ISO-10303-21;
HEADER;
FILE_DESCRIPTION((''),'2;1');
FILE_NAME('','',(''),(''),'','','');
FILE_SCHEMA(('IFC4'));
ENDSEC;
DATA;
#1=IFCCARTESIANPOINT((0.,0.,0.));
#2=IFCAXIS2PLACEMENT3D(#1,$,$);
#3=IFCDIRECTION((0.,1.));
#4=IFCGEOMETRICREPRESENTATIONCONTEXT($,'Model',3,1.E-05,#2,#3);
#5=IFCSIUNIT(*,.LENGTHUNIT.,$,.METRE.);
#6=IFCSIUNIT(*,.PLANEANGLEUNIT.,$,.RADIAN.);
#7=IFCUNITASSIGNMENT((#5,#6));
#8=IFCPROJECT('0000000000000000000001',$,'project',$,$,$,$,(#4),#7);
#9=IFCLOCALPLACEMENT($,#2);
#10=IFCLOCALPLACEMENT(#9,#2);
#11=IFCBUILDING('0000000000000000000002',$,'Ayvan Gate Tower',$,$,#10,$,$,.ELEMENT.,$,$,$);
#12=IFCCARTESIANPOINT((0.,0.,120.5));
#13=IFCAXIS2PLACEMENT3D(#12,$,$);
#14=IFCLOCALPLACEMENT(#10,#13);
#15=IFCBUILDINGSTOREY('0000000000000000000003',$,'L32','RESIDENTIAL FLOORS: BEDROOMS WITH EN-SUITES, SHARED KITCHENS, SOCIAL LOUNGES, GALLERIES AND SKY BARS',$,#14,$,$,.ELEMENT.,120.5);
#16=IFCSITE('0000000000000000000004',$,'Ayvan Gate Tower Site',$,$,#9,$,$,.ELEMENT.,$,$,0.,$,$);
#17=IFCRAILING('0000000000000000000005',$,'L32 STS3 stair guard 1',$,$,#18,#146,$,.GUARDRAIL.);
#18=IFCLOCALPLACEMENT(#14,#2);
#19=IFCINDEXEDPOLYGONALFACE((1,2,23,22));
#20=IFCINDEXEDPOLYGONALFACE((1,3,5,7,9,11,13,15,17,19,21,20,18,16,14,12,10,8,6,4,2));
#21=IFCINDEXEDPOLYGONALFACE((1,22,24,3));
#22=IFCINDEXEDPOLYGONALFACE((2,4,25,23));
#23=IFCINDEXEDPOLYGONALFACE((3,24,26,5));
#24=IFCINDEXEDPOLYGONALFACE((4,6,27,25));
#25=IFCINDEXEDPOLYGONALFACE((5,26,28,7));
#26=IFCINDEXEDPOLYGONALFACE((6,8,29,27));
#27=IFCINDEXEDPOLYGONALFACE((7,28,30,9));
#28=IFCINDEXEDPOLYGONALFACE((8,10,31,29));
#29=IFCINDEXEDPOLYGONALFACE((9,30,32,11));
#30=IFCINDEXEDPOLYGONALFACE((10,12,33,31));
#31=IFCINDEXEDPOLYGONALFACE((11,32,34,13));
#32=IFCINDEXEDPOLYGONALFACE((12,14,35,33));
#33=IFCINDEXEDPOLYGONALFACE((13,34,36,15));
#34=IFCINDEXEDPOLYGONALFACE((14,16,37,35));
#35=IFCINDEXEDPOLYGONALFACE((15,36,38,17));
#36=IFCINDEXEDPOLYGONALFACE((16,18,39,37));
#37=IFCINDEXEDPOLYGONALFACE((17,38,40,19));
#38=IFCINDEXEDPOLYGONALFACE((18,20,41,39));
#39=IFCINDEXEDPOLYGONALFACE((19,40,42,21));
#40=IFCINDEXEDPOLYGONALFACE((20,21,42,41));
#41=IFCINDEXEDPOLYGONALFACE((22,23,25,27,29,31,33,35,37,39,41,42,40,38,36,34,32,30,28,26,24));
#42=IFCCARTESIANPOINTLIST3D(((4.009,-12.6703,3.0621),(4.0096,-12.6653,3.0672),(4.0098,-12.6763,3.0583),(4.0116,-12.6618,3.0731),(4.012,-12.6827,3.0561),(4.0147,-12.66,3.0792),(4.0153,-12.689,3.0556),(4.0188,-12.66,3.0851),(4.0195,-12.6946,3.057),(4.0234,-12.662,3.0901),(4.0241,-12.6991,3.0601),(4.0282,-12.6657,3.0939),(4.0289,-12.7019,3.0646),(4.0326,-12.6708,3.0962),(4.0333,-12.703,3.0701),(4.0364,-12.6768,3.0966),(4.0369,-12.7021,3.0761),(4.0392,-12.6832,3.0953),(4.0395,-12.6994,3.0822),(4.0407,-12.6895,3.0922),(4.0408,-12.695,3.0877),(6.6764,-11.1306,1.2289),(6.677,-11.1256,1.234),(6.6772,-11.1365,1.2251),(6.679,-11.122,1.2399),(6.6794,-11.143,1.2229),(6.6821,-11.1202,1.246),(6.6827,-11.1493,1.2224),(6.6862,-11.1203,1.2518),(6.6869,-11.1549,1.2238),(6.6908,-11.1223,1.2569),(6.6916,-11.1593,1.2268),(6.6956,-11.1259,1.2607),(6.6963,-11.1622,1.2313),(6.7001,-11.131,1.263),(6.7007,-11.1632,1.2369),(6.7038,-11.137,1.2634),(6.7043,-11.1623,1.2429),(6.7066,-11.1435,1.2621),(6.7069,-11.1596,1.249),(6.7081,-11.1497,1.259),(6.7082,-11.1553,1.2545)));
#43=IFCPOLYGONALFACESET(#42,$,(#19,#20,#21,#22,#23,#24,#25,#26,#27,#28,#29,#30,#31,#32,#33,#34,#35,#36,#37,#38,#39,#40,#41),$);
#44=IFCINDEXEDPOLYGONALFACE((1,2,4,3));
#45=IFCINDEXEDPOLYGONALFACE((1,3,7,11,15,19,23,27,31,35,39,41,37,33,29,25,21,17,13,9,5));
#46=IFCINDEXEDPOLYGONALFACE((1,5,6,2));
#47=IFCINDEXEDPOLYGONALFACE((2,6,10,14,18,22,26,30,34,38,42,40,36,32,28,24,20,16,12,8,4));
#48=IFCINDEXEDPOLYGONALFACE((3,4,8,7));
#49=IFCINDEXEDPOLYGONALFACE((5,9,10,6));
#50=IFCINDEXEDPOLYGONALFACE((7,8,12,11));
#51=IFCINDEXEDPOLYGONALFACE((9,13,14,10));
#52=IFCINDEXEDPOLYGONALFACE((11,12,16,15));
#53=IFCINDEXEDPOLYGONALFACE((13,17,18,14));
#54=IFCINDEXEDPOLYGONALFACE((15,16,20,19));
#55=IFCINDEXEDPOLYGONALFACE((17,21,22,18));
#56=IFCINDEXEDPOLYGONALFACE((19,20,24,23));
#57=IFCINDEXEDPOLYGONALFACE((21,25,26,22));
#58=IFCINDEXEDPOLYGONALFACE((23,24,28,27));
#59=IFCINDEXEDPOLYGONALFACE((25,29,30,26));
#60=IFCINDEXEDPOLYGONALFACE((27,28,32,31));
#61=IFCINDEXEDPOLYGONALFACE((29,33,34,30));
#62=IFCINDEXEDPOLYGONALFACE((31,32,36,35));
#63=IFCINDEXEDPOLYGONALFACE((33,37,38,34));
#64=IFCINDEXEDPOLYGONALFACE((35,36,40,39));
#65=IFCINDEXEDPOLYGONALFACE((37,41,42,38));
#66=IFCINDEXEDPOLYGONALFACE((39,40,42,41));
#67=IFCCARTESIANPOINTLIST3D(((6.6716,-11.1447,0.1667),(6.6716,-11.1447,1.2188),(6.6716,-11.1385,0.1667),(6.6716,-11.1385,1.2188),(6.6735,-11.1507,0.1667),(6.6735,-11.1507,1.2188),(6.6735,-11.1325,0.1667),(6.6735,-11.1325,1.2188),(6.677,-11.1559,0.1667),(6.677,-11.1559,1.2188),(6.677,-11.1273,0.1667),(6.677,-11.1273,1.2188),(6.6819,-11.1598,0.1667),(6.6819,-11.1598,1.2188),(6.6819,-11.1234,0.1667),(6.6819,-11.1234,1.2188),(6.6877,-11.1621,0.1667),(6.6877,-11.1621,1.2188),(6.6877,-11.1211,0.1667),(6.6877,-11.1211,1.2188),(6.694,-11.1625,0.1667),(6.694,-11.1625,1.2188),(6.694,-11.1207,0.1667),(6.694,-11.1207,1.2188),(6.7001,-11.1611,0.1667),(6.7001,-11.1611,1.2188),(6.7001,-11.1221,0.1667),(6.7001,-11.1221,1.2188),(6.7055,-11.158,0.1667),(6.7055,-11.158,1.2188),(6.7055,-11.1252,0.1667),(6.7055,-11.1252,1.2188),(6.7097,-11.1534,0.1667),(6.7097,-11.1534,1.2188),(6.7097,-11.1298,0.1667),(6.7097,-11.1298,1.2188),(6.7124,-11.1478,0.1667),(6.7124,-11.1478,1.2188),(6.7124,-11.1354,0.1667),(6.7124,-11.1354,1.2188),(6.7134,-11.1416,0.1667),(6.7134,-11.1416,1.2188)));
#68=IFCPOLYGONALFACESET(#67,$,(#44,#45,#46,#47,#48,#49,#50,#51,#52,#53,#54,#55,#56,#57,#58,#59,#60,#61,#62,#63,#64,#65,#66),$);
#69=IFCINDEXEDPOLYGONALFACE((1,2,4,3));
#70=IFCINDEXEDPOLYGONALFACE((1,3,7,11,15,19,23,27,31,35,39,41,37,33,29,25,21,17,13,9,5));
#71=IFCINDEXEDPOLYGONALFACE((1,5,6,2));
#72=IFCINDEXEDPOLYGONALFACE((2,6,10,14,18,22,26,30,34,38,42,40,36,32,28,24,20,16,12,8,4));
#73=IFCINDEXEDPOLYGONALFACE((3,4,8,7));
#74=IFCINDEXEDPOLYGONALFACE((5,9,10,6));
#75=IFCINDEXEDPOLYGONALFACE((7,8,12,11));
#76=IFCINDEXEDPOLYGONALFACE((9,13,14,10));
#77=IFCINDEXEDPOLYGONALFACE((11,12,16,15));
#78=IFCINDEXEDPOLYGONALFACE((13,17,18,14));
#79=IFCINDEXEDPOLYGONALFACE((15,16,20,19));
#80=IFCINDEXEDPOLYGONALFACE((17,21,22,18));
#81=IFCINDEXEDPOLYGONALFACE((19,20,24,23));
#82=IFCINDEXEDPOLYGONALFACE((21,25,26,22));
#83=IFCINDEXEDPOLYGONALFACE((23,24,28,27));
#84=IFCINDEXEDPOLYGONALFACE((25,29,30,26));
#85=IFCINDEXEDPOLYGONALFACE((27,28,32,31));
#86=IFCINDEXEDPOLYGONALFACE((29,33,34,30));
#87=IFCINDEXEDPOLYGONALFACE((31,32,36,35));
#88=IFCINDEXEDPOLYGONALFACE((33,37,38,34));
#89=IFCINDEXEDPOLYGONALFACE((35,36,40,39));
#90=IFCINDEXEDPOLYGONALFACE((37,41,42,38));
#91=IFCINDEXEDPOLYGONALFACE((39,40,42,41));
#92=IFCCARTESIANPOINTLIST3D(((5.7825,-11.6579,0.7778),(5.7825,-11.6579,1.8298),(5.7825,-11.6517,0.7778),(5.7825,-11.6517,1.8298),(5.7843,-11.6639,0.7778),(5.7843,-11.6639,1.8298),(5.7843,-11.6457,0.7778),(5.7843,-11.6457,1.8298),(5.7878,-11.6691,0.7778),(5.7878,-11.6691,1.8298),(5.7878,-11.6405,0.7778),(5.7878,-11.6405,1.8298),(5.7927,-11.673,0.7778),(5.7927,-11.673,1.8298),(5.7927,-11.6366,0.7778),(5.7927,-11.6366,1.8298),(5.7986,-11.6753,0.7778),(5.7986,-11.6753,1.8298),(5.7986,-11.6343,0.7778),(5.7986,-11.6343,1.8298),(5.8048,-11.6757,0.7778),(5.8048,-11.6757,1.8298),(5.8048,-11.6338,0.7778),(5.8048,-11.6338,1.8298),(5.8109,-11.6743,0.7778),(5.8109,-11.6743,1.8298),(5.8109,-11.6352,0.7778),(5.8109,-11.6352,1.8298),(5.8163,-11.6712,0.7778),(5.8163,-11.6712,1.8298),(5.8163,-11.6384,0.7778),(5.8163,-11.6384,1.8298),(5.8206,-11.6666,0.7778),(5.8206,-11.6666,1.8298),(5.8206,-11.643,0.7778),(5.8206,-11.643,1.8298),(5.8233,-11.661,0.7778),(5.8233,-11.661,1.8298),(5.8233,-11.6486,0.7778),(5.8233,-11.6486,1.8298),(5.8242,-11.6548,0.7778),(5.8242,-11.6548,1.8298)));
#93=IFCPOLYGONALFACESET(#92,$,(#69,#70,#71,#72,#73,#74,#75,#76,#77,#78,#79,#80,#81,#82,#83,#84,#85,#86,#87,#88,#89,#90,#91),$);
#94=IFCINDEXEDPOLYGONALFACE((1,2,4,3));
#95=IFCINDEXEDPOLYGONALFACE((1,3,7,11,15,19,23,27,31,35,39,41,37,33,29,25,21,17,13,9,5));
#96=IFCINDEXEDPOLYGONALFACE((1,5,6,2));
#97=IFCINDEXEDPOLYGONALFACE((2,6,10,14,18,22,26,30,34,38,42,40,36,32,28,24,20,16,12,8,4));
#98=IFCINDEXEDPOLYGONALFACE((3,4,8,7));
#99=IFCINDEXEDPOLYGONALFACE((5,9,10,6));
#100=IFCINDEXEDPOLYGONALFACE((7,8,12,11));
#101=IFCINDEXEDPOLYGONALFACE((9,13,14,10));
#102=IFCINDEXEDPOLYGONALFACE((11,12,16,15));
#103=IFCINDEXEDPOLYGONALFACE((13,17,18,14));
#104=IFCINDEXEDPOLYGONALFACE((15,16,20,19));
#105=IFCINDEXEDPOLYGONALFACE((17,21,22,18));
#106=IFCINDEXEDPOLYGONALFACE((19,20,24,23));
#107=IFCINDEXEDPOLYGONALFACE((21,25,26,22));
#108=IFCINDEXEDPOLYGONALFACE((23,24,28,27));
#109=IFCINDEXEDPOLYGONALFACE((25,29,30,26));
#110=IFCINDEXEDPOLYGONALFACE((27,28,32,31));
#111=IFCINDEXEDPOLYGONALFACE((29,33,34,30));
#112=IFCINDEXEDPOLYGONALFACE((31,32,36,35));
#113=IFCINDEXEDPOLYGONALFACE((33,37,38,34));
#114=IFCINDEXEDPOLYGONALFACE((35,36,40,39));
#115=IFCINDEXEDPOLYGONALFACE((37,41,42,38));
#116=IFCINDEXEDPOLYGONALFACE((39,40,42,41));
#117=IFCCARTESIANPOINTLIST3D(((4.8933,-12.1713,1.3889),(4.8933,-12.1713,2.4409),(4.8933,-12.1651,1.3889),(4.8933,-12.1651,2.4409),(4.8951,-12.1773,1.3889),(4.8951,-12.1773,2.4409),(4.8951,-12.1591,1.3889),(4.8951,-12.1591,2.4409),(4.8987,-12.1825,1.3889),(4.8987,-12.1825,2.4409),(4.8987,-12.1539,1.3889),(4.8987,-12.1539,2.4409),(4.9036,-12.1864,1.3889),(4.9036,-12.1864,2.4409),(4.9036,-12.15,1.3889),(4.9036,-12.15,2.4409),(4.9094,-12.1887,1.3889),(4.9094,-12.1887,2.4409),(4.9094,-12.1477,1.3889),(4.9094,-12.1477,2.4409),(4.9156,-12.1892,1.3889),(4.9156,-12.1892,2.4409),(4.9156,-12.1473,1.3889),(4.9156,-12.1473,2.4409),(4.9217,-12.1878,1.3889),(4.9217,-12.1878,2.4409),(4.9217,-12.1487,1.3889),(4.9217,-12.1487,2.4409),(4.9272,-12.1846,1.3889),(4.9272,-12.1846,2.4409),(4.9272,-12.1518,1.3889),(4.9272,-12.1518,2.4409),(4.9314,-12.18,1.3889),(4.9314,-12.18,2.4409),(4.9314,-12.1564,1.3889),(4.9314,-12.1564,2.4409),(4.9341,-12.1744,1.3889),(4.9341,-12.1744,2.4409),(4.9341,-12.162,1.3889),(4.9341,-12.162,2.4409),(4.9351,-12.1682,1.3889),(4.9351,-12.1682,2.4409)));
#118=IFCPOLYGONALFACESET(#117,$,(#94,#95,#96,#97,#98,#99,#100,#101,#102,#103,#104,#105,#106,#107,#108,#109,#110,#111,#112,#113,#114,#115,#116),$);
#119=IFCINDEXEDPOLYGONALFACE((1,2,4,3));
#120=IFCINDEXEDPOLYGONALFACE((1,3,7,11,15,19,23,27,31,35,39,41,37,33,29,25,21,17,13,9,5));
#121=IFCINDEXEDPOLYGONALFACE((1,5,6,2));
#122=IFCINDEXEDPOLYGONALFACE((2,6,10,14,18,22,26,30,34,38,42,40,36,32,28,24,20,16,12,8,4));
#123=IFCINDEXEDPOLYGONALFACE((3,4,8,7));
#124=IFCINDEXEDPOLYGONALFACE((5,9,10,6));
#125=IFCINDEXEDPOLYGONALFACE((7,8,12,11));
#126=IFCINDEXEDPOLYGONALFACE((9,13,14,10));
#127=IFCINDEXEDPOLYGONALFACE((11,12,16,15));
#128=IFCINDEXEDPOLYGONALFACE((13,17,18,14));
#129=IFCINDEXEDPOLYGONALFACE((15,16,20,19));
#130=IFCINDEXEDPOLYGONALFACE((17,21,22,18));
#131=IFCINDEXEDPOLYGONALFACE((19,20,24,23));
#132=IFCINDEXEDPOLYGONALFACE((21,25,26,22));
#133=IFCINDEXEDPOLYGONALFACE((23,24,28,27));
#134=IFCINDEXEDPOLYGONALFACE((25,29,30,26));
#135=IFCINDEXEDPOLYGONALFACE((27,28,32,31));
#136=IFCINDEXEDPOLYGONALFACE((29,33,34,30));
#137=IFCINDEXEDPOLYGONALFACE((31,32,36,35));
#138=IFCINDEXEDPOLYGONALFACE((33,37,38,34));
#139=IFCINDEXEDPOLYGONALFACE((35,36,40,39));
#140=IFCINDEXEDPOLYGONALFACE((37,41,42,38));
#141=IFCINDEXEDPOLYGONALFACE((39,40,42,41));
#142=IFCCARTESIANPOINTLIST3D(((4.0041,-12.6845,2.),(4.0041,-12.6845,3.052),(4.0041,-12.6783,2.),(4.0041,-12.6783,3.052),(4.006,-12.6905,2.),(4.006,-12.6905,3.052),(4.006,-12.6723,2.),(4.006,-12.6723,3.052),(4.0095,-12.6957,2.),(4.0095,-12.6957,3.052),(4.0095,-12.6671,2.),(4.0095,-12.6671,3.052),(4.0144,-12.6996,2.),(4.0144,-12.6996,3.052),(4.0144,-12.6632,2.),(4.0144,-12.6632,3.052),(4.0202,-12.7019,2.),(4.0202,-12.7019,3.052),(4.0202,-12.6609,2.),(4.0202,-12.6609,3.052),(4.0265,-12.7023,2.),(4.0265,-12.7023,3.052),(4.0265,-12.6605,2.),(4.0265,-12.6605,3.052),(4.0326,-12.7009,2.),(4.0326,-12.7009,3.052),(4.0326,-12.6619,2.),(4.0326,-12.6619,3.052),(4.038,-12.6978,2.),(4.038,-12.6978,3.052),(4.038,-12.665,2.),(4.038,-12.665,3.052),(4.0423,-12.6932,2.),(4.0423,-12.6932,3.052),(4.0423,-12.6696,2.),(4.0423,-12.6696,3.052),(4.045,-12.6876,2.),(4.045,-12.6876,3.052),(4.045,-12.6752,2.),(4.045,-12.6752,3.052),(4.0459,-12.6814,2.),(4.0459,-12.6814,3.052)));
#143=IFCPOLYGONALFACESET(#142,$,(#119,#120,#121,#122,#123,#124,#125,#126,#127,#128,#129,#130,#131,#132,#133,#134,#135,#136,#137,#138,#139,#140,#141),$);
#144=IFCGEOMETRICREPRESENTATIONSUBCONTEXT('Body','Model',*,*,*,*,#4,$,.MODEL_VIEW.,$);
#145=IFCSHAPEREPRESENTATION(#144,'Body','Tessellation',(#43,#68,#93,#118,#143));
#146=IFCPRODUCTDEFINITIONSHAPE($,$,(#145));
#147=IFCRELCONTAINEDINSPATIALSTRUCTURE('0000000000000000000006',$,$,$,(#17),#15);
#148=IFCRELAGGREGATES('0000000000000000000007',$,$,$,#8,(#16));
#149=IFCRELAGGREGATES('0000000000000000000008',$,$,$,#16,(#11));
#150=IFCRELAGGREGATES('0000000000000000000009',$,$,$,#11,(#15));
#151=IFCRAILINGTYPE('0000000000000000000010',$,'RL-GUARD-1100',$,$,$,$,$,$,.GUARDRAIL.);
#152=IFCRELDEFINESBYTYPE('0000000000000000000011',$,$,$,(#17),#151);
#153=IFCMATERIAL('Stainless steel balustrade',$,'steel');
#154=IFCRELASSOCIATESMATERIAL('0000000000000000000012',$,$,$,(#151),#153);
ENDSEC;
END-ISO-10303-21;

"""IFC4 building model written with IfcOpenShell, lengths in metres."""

from ifc_helpers import new_model, si_unit, direction, frame, origin, origin_2d, place, context, subcontext, project, spatial, circle, extrude, material, type_object, element, save


model = new_model("IFC4")

# Units and contexts
model_context = context("Model", 3, precision=1e-05, world=origin(), true_north=direction((0.0, 1.0)))
body_context = subcontext(model_context, "Body", "Model", "MODEL_VIEW")
ifc_project = project(units=[si_unit("LENGTHUNIT", "METRE"), si_unit("PLANEANGLEUNIT", "RADIAN")], contexts=[model_context])

# Site, building, storey
site_placement = place(None, origin())
site = spatial("IfcSite", under=ifc_project, at=site_placement, Name="Ayvan Gate Tower Site", CompositionType="ELEMENT", RefElevation=0.0)
building_placement = place(site_placement, origin())
building = spatial("IfcBuilding", under=site, at=building_placement, Name="Ayvan Gate Tower", CompositionType="ELEMENT")
storey_placement = place(building_placement, frame((0.0, 0.0, 120.5)))
storey = spatial("IfcBuildingStorey", under=building, at=storey_placement, Name="L32", Description="RESIDENTIAL FLOORS: BEDROOMS WITH EN-SUITES, SHARED KITCHENS, SOCIAL LOUNGES, GALLERIES AND SKY BARS", CompositionType="ELEMENT", Elevation=120.5)

# Railing
ifc_material_1 = material(Name="Stainless steel balustrade", Category="steel")
railing_type_1 = type_object("IfcRailingType", Name="RL-GUARD-1100", PredefinedType="GUARDRAIL", material=ifc_material_1)
railing_1_placement = place(storey_placement, frame((6.6924, -11.1416, 0.1667)))
element("IfcRailing", 1, at=railing_1_placement, inside=storey, type_object=railing_type_1, Name="L32 STS3 stair guard 1", PredefinedType="GUARDRAIL", context=body_context, shape_type="SweptSolid", body=[
    extrude(circle(Radius=0.0239, at=origin_2d()), frame((0.0, 0.0, 1.0762), z_axis=(-0.744212, -0.429594, 0.511467), x_axis=(0.499933, -0.866064, 0.0)), (0.0, 0.0, 1.0), 3.5842),
    extrude(circle(Radius=0.021, at=origin_2d()), origin(), (0.0, 0.0, 1.0), 1.052),
    extrude(circle(Radius=0.021, at=origin_2d()), frame((-0.8892, -0.5132, 0.6111)), (0.0, 0.0, 1.0), 1.052),
    extrude(circle(Radius=0.021, at=origin_2d()), frame((-1.7783, -1.0266, 1.2222)), (0.0, 0.0, 1.0), 1.052),
    extrude(circle(Radius=0.021, at=origin_2d()), frame((-2.6675, -1.5398, 1.8333)), (0.0, 0.0, 1.0), 1.052),
])

save(model, "model.ifc")
